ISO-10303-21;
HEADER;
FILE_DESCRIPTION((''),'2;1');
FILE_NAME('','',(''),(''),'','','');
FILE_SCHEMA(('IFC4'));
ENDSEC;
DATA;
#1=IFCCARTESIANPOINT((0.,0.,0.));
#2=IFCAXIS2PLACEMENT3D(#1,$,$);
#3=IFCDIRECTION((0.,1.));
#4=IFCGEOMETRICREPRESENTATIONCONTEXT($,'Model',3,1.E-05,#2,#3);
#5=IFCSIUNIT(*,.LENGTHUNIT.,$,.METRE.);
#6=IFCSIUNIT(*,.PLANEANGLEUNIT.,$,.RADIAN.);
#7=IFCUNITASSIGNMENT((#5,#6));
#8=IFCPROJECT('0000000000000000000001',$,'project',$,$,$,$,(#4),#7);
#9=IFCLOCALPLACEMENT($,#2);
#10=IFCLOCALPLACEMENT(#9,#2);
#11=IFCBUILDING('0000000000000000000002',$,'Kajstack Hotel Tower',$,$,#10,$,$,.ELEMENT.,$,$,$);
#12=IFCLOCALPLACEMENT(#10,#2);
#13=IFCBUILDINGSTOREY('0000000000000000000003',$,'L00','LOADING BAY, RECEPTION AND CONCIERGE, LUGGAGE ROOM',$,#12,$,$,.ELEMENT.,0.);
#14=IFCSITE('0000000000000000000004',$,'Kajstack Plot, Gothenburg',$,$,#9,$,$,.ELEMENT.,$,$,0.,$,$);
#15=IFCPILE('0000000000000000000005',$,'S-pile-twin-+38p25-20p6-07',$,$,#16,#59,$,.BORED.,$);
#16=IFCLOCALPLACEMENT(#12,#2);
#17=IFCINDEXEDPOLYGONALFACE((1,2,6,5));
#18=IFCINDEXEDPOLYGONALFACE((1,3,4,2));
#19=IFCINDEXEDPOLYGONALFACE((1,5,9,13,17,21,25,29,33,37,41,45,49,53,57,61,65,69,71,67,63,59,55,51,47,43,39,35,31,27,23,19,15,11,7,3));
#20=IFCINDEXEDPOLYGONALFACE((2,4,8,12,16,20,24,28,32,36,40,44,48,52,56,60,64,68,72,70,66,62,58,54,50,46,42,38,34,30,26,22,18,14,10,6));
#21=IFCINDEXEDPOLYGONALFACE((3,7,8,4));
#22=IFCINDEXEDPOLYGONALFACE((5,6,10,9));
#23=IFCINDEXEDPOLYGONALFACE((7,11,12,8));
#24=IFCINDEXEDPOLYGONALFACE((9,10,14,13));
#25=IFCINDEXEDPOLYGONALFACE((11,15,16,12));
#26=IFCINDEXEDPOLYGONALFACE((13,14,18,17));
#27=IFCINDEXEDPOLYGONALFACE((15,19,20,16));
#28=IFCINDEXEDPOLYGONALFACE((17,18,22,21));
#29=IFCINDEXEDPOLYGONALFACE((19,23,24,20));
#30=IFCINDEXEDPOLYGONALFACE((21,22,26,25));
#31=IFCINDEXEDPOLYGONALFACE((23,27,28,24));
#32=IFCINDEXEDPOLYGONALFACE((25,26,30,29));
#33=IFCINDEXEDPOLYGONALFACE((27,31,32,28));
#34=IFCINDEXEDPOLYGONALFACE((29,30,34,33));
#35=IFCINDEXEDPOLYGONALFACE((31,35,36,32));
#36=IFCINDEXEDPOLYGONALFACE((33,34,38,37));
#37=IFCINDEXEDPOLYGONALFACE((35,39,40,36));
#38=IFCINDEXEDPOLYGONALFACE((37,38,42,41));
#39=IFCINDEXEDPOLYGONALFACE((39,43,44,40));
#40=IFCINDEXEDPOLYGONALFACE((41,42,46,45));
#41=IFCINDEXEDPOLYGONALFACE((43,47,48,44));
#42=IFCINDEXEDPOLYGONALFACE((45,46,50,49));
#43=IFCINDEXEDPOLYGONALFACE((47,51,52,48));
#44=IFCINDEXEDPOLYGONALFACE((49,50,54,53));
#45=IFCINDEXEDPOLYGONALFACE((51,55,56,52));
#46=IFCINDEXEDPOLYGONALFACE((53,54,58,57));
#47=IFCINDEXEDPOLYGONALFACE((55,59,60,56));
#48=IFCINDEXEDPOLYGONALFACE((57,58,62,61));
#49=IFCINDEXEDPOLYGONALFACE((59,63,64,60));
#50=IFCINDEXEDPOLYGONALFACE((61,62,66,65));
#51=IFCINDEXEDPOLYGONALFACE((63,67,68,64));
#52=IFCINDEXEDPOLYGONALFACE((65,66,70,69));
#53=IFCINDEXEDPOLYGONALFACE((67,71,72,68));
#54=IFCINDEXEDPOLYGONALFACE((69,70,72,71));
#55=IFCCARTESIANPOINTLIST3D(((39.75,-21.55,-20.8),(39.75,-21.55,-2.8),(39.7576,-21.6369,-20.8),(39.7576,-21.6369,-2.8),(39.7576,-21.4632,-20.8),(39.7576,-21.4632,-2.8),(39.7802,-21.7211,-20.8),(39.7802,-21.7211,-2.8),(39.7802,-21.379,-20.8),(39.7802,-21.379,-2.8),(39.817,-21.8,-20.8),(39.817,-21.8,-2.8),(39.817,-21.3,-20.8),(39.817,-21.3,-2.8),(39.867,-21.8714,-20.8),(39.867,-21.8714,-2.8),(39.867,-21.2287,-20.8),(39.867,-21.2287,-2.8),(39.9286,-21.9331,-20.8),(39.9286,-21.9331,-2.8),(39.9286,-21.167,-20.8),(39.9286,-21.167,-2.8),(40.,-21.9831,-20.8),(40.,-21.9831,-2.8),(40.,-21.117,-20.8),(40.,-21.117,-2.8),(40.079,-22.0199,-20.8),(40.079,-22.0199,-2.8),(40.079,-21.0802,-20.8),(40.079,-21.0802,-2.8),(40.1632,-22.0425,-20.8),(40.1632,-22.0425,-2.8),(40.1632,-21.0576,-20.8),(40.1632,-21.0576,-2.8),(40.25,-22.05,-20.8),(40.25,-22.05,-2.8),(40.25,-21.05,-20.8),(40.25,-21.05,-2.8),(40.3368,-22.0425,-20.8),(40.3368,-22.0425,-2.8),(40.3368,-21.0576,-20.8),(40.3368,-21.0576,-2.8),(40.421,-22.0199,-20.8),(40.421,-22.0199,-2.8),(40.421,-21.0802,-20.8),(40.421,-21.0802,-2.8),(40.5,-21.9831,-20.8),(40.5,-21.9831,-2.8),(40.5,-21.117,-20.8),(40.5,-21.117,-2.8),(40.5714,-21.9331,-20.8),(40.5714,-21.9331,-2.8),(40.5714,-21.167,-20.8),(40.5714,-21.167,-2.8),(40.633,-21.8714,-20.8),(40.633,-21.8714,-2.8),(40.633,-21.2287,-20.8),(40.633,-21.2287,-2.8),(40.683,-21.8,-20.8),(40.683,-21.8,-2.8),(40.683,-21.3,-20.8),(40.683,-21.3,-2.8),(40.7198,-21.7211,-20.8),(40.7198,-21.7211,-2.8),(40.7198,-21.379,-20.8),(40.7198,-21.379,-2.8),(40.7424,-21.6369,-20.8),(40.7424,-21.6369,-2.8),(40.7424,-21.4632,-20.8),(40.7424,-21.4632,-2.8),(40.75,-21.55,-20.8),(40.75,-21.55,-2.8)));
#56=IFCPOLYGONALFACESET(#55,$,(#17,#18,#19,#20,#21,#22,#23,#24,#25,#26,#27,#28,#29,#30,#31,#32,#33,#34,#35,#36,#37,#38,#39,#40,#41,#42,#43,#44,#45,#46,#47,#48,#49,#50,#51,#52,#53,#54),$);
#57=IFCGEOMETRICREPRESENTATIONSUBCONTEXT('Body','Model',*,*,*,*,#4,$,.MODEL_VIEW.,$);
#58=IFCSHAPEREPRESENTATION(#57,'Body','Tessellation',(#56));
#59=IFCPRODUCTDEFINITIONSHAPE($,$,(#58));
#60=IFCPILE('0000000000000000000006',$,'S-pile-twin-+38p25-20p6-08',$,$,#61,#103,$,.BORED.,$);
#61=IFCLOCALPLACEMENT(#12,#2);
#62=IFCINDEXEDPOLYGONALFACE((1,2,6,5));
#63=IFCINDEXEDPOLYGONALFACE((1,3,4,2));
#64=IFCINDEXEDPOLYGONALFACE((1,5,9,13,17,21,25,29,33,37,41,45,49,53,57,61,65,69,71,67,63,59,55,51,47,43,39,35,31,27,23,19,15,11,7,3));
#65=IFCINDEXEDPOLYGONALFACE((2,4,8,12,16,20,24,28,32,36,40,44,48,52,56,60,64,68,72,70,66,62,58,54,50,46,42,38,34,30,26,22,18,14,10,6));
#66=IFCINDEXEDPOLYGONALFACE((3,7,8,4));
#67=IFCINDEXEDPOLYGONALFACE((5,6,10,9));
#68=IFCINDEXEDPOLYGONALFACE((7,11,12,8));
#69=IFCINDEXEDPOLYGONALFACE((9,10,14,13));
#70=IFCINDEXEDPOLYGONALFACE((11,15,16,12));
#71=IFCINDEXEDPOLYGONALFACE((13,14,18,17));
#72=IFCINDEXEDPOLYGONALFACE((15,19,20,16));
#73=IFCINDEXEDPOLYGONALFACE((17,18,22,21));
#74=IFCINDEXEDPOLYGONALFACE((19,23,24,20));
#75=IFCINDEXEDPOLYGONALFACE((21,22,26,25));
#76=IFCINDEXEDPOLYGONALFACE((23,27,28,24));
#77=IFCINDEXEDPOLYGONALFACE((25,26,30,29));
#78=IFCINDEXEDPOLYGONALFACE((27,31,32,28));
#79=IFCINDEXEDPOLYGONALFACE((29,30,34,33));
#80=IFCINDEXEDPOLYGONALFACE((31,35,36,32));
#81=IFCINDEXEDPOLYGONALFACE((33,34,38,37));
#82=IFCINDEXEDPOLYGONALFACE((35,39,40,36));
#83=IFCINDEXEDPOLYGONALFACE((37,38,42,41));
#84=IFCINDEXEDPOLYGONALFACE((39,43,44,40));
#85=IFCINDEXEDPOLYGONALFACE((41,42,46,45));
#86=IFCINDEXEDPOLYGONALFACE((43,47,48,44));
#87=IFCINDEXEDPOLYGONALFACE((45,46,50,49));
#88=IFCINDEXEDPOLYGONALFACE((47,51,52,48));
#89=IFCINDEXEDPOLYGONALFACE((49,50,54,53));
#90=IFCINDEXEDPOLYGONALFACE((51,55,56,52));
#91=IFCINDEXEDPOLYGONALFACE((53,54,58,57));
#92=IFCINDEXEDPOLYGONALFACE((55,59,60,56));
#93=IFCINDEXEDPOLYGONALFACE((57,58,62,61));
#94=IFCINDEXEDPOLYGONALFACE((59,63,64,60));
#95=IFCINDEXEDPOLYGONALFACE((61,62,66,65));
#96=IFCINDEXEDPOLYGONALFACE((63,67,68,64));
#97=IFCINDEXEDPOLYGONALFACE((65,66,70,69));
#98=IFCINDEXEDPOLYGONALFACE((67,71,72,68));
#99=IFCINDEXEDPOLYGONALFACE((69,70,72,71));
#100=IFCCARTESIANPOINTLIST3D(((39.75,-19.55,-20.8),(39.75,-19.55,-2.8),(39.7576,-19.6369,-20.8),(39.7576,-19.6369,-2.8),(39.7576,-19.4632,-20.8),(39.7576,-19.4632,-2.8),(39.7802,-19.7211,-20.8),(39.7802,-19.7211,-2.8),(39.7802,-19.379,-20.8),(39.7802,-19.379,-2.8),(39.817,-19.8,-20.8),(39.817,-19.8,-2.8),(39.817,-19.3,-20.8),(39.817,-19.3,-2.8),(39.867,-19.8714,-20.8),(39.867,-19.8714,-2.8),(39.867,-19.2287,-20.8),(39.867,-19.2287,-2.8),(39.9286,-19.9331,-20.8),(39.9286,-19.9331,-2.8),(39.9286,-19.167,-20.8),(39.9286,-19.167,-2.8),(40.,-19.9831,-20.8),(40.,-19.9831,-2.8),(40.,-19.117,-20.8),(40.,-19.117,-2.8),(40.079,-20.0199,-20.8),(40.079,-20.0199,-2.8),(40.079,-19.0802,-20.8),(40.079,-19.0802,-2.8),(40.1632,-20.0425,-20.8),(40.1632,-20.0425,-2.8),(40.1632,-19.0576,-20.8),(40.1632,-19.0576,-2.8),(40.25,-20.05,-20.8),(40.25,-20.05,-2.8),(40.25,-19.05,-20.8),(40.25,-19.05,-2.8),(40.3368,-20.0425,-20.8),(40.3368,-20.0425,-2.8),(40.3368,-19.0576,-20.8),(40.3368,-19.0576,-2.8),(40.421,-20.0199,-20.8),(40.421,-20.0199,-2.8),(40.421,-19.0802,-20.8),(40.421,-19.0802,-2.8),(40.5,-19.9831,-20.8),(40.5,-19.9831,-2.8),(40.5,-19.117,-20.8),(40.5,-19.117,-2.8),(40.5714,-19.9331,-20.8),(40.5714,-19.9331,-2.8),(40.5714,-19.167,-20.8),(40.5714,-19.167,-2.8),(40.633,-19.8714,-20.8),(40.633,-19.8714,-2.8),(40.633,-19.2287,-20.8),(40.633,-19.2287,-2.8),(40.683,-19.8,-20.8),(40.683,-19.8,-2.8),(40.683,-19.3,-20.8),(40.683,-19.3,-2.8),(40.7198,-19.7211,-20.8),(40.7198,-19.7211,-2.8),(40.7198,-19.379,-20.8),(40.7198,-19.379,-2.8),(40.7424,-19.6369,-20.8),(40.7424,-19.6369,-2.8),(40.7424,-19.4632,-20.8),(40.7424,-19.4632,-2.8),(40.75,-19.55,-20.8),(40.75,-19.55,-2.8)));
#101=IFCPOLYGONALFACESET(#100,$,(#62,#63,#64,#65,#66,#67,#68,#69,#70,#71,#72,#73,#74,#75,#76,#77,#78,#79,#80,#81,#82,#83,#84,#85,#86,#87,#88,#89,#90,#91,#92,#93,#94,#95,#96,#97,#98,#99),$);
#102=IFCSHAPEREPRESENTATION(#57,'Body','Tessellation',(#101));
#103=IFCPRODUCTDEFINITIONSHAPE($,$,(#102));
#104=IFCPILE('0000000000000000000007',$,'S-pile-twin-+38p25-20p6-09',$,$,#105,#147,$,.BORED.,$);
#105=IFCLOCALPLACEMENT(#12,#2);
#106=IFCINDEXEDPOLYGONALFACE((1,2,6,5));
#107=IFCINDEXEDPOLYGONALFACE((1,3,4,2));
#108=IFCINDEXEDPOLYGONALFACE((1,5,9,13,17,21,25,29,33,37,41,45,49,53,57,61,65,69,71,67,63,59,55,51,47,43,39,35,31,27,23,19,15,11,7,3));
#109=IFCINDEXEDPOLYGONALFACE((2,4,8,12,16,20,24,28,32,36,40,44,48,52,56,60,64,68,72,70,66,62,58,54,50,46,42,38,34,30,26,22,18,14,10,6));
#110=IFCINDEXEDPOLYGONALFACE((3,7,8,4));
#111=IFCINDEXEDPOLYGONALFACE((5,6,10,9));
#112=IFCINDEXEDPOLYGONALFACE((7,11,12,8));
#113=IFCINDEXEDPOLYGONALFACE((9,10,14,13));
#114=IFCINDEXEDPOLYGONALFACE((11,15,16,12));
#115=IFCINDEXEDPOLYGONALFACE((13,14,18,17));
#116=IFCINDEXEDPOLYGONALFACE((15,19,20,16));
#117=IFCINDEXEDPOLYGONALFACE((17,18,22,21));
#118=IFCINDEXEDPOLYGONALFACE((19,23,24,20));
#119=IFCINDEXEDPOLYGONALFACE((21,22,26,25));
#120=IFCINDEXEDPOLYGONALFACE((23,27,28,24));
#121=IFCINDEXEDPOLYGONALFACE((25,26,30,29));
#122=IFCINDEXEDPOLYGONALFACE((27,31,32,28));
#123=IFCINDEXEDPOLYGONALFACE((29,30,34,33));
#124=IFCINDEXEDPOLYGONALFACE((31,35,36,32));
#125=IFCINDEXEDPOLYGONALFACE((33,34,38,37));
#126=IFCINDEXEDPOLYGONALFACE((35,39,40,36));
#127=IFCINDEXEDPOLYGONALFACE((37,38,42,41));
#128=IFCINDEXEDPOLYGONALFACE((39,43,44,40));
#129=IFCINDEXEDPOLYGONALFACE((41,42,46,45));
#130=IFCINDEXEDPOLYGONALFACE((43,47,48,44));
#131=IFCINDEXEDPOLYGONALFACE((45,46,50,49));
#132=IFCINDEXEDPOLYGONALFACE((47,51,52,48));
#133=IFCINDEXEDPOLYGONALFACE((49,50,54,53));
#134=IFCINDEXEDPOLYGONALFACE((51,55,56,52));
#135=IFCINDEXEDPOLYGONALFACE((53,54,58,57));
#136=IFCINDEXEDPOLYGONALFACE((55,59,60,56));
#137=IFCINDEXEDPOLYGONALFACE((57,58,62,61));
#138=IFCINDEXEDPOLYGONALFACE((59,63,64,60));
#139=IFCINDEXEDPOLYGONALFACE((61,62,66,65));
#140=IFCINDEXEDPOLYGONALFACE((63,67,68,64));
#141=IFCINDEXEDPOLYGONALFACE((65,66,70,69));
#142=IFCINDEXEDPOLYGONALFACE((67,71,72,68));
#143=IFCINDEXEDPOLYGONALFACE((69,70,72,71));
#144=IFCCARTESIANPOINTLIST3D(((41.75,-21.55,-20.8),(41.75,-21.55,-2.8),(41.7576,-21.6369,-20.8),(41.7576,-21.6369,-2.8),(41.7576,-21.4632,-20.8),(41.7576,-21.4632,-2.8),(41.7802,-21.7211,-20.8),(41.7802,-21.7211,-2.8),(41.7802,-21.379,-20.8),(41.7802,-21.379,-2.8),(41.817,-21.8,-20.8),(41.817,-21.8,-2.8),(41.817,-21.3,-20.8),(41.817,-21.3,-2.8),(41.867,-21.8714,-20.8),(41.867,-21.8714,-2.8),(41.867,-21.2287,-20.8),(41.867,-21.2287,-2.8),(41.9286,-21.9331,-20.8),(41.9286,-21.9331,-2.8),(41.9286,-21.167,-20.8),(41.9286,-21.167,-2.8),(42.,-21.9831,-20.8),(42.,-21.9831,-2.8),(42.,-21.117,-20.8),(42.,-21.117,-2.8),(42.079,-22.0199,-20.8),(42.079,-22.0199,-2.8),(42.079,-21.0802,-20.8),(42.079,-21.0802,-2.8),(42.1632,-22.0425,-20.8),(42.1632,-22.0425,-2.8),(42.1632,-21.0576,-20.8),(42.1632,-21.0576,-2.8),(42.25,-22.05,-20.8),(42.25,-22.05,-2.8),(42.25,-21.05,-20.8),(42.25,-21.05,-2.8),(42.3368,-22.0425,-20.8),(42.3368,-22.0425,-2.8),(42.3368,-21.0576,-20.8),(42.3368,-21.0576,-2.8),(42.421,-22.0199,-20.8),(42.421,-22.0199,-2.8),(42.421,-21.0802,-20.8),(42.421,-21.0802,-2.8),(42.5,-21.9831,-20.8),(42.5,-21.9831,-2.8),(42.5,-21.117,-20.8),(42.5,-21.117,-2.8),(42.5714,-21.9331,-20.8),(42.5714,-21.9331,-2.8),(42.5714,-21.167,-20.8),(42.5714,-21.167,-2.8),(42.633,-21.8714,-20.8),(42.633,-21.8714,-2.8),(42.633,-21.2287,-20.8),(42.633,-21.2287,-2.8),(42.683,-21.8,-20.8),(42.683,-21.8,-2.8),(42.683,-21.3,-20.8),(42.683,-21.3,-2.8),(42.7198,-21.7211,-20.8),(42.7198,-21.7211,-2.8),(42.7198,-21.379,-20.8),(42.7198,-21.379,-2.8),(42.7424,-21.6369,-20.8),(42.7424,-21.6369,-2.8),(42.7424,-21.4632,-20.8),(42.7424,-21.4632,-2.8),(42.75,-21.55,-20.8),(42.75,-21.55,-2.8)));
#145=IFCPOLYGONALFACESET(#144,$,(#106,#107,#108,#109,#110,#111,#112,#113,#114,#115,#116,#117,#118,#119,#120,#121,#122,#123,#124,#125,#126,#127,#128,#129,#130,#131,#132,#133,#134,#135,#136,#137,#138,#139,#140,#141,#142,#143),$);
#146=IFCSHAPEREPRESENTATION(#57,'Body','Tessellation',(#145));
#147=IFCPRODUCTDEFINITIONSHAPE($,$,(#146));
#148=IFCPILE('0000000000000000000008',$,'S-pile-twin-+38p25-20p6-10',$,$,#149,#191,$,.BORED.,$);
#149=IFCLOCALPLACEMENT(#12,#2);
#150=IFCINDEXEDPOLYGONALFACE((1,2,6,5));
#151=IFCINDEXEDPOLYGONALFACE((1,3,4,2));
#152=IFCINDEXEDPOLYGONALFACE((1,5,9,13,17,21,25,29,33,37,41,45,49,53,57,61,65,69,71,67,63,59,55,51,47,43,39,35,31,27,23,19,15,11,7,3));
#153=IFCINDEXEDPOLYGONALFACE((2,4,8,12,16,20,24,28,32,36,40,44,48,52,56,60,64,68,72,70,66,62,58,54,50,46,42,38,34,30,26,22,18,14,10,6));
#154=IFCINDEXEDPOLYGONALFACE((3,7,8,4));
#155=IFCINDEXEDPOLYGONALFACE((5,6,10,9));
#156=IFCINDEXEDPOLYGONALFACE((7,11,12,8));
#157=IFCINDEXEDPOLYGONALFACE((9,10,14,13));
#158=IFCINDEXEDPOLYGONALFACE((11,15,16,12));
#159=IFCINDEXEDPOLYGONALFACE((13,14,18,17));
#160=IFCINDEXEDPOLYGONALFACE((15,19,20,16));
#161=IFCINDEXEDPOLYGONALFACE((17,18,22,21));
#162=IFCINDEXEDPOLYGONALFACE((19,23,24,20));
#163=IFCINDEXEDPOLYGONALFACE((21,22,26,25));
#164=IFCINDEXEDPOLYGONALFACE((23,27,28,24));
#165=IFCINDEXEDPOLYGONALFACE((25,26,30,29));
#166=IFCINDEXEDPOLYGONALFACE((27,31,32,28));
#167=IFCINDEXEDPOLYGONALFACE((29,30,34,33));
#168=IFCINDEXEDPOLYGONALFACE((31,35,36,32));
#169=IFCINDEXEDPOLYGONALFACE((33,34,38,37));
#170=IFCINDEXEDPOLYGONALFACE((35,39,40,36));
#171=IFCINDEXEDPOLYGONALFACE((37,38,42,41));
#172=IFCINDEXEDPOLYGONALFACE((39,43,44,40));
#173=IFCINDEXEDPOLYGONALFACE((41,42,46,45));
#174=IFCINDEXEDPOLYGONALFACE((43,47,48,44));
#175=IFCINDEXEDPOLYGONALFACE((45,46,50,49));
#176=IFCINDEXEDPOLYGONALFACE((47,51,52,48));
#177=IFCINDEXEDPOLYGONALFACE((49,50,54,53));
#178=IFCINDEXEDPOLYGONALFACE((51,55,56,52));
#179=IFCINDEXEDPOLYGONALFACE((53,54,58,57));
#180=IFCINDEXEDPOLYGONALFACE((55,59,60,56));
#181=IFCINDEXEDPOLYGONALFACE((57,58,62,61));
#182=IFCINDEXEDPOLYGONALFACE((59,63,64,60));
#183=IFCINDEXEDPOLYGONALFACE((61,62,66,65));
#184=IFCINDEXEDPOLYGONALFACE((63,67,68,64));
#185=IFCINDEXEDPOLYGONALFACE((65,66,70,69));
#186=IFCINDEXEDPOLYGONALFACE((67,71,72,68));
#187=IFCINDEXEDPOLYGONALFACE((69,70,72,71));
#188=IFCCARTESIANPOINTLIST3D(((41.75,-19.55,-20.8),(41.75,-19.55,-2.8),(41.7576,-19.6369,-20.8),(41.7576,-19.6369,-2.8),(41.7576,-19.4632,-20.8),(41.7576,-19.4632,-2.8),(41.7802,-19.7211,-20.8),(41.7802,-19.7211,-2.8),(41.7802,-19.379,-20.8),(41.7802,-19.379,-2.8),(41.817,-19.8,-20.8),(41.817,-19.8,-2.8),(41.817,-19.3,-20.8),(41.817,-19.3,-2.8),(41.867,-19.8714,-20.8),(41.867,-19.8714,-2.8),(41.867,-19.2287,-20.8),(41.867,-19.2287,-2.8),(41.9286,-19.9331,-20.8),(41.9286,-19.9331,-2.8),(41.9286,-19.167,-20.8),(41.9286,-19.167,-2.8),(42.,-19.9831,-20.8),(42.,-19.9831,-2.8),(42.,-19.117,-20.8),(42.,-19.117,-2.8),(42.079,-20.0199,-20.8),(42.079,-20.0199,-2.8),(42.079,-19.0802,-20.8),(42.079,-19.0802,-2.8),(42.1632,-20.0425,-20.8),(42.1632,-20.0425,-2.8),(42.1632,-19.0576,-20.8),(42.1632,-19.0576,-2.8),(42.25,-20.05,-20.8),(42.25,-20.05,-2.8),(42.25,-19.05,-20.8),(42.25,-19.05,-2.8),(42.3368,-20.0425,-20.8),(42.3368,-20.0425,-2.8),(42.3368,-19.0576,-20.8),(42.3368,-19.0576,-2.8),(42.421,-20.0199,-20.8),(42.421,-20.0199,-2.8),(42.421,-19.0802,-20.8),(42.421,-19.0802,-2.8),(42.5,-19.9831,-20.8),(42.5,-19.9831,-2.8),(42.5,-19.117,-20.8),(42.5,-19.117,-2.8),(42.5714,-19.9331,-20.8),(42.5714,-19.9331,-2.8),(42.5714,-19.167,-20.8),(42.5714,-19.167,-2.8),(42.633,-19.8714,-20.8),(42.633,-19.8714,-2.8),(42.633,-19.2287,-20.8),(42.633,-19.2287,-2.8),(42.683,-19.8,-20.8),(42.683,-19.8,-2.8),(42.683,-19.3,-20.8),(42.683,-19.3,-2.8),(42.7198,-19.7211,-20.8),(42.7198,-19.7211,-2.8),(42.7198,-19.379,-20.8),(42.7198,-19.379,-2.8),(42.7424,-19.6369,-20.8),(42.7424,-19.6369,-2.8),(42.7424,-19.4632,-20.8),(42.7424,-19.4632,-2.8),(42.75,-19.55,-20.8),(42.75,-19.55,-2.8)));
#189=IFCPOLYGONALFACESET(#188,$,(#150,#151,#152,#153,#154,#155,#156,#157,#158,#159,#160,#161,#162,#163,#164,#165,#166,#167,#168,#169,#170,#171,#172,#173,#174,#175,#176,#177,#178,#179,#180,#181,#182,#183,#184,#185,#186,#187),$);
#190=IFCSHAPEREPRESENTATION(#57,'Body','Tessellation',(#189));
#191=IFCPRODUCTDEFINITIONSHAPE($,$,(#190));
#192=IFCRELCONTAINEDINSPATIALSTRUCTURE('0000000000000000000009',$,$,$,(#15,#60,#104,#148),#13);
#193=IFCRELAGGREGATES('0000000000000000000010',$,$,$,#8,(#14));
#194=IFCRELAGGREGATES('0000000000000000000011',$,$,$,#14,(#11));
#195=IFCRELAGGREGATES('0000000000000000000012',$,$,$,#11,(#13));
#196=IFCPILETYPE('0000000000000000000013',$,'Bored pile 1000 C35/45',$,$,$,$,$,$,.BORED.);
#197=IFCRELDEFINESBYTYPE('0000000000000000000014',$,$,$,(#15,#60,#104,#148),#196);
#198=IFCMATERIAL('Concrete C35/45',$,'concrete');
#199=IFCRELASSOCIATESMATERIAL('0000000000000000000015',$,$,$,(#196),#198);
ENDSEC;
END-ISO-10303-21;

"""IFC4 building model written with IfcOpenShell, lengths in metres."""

from ifc_helpers import new_model, si_unit, direction, frame, origin, origin_2d, place, context, subcontext, project, spatial, circle, extrude, material, material_profile, profile_set, type_object, element, save


model = new_model("IFC4")

# Units and contexts
model_context = context("Model", 3, precision=1e-05, world=origin(), true_north=direction((0.0, 1.0)))
body_context = subcontext(model_context, "Body", "Model", "MODEL_VIEW")
ifc_project = project(units=[si_unit("LENGTHUNIT", "METRE"), si_unit("PLANEANGLEUNIT", "RADIAN")], contexts=[model_context])

# Site, building, storey
site_placement = place(None, origin())
site = spatial("IfcSite", under=ifc_project, at=site_placement, Name="Kajstack Plot, Gothenburg", CompositionType="ELEMENT", RefElevation=0.0)
building_placement = place(site_placement, origin())
building = spatial("IfcBuilding", under=site, at=building_placement, Name="Kajstack Hotel Tower", CompositionType="ELEMENT")
storey_placement = place(building_placement, origin())
storey = spatial("IfcBuildingStorey", under=building, at=storey_placement, Name="L00", Description="LOADING BAY, RECEPTION AND CONCIERGE, LUGGAGE ROOM", CompositionType="ELEMENT", Elevation=0.0)

# Piles
ifc_material_1 = material(Name="Concrete C35/45", Category="concrete")
ifc_material_profile_1 = material_profile(ifc_material_1, circle(Radius=0.5, at=origin_2d()), Name="RC round 1000")
ifc_profile_set_1 = profile_set([ifc_material_profile_1], Name="Concrete C35/45")
pile_type_1 = type_object("IfcPileType", Name="Bored pile 1000 C35/45", PredefinedType="BORED", material=ifc_profile_set_1)
for number, where, z_axis, x_axis, name in (
    (1, (40.25, -21.55, -2.8), (0.0, 0.0, -1.0), (1.0, 0.0, 0.0), "S-pile-twin-+38p25-20p6-07"),
    (2, (40.25, -19.55, -2.8), (0.0, 0.0, -1.0), (1.0, 0.0, 0.0), "S-pile-twin-+38p25-20p6-08"),
    (3, (42.25, -21.55, -2.8), (0.0, 0.0, -1.0), (1.0, 0.0, 0.0), "S-pile-twin-+38p25-20p6-09"),
    (4, (42.25, -19.55, -2.8), (0.0, 0.0, -1.0), (1.0, 0.0, 0.0), "S-pile-twin-+38p25-20p6-10"),
):
    element("IfcPile", number, at=place(storey_placement, frame(where, z_axis=z_axis, x_axis=x_axis)), inside=storey, type_object=pile_type_1, Name=name, PredefinedType="BORED", context=body_context, shape_type="SweptSolid", body=[
        extrude(circle(Radius=0.5, at=origin_2d()), origin(), (0.0, 0.0, 1.0), 18.0),
    ])

save(model, "model.ifc")
